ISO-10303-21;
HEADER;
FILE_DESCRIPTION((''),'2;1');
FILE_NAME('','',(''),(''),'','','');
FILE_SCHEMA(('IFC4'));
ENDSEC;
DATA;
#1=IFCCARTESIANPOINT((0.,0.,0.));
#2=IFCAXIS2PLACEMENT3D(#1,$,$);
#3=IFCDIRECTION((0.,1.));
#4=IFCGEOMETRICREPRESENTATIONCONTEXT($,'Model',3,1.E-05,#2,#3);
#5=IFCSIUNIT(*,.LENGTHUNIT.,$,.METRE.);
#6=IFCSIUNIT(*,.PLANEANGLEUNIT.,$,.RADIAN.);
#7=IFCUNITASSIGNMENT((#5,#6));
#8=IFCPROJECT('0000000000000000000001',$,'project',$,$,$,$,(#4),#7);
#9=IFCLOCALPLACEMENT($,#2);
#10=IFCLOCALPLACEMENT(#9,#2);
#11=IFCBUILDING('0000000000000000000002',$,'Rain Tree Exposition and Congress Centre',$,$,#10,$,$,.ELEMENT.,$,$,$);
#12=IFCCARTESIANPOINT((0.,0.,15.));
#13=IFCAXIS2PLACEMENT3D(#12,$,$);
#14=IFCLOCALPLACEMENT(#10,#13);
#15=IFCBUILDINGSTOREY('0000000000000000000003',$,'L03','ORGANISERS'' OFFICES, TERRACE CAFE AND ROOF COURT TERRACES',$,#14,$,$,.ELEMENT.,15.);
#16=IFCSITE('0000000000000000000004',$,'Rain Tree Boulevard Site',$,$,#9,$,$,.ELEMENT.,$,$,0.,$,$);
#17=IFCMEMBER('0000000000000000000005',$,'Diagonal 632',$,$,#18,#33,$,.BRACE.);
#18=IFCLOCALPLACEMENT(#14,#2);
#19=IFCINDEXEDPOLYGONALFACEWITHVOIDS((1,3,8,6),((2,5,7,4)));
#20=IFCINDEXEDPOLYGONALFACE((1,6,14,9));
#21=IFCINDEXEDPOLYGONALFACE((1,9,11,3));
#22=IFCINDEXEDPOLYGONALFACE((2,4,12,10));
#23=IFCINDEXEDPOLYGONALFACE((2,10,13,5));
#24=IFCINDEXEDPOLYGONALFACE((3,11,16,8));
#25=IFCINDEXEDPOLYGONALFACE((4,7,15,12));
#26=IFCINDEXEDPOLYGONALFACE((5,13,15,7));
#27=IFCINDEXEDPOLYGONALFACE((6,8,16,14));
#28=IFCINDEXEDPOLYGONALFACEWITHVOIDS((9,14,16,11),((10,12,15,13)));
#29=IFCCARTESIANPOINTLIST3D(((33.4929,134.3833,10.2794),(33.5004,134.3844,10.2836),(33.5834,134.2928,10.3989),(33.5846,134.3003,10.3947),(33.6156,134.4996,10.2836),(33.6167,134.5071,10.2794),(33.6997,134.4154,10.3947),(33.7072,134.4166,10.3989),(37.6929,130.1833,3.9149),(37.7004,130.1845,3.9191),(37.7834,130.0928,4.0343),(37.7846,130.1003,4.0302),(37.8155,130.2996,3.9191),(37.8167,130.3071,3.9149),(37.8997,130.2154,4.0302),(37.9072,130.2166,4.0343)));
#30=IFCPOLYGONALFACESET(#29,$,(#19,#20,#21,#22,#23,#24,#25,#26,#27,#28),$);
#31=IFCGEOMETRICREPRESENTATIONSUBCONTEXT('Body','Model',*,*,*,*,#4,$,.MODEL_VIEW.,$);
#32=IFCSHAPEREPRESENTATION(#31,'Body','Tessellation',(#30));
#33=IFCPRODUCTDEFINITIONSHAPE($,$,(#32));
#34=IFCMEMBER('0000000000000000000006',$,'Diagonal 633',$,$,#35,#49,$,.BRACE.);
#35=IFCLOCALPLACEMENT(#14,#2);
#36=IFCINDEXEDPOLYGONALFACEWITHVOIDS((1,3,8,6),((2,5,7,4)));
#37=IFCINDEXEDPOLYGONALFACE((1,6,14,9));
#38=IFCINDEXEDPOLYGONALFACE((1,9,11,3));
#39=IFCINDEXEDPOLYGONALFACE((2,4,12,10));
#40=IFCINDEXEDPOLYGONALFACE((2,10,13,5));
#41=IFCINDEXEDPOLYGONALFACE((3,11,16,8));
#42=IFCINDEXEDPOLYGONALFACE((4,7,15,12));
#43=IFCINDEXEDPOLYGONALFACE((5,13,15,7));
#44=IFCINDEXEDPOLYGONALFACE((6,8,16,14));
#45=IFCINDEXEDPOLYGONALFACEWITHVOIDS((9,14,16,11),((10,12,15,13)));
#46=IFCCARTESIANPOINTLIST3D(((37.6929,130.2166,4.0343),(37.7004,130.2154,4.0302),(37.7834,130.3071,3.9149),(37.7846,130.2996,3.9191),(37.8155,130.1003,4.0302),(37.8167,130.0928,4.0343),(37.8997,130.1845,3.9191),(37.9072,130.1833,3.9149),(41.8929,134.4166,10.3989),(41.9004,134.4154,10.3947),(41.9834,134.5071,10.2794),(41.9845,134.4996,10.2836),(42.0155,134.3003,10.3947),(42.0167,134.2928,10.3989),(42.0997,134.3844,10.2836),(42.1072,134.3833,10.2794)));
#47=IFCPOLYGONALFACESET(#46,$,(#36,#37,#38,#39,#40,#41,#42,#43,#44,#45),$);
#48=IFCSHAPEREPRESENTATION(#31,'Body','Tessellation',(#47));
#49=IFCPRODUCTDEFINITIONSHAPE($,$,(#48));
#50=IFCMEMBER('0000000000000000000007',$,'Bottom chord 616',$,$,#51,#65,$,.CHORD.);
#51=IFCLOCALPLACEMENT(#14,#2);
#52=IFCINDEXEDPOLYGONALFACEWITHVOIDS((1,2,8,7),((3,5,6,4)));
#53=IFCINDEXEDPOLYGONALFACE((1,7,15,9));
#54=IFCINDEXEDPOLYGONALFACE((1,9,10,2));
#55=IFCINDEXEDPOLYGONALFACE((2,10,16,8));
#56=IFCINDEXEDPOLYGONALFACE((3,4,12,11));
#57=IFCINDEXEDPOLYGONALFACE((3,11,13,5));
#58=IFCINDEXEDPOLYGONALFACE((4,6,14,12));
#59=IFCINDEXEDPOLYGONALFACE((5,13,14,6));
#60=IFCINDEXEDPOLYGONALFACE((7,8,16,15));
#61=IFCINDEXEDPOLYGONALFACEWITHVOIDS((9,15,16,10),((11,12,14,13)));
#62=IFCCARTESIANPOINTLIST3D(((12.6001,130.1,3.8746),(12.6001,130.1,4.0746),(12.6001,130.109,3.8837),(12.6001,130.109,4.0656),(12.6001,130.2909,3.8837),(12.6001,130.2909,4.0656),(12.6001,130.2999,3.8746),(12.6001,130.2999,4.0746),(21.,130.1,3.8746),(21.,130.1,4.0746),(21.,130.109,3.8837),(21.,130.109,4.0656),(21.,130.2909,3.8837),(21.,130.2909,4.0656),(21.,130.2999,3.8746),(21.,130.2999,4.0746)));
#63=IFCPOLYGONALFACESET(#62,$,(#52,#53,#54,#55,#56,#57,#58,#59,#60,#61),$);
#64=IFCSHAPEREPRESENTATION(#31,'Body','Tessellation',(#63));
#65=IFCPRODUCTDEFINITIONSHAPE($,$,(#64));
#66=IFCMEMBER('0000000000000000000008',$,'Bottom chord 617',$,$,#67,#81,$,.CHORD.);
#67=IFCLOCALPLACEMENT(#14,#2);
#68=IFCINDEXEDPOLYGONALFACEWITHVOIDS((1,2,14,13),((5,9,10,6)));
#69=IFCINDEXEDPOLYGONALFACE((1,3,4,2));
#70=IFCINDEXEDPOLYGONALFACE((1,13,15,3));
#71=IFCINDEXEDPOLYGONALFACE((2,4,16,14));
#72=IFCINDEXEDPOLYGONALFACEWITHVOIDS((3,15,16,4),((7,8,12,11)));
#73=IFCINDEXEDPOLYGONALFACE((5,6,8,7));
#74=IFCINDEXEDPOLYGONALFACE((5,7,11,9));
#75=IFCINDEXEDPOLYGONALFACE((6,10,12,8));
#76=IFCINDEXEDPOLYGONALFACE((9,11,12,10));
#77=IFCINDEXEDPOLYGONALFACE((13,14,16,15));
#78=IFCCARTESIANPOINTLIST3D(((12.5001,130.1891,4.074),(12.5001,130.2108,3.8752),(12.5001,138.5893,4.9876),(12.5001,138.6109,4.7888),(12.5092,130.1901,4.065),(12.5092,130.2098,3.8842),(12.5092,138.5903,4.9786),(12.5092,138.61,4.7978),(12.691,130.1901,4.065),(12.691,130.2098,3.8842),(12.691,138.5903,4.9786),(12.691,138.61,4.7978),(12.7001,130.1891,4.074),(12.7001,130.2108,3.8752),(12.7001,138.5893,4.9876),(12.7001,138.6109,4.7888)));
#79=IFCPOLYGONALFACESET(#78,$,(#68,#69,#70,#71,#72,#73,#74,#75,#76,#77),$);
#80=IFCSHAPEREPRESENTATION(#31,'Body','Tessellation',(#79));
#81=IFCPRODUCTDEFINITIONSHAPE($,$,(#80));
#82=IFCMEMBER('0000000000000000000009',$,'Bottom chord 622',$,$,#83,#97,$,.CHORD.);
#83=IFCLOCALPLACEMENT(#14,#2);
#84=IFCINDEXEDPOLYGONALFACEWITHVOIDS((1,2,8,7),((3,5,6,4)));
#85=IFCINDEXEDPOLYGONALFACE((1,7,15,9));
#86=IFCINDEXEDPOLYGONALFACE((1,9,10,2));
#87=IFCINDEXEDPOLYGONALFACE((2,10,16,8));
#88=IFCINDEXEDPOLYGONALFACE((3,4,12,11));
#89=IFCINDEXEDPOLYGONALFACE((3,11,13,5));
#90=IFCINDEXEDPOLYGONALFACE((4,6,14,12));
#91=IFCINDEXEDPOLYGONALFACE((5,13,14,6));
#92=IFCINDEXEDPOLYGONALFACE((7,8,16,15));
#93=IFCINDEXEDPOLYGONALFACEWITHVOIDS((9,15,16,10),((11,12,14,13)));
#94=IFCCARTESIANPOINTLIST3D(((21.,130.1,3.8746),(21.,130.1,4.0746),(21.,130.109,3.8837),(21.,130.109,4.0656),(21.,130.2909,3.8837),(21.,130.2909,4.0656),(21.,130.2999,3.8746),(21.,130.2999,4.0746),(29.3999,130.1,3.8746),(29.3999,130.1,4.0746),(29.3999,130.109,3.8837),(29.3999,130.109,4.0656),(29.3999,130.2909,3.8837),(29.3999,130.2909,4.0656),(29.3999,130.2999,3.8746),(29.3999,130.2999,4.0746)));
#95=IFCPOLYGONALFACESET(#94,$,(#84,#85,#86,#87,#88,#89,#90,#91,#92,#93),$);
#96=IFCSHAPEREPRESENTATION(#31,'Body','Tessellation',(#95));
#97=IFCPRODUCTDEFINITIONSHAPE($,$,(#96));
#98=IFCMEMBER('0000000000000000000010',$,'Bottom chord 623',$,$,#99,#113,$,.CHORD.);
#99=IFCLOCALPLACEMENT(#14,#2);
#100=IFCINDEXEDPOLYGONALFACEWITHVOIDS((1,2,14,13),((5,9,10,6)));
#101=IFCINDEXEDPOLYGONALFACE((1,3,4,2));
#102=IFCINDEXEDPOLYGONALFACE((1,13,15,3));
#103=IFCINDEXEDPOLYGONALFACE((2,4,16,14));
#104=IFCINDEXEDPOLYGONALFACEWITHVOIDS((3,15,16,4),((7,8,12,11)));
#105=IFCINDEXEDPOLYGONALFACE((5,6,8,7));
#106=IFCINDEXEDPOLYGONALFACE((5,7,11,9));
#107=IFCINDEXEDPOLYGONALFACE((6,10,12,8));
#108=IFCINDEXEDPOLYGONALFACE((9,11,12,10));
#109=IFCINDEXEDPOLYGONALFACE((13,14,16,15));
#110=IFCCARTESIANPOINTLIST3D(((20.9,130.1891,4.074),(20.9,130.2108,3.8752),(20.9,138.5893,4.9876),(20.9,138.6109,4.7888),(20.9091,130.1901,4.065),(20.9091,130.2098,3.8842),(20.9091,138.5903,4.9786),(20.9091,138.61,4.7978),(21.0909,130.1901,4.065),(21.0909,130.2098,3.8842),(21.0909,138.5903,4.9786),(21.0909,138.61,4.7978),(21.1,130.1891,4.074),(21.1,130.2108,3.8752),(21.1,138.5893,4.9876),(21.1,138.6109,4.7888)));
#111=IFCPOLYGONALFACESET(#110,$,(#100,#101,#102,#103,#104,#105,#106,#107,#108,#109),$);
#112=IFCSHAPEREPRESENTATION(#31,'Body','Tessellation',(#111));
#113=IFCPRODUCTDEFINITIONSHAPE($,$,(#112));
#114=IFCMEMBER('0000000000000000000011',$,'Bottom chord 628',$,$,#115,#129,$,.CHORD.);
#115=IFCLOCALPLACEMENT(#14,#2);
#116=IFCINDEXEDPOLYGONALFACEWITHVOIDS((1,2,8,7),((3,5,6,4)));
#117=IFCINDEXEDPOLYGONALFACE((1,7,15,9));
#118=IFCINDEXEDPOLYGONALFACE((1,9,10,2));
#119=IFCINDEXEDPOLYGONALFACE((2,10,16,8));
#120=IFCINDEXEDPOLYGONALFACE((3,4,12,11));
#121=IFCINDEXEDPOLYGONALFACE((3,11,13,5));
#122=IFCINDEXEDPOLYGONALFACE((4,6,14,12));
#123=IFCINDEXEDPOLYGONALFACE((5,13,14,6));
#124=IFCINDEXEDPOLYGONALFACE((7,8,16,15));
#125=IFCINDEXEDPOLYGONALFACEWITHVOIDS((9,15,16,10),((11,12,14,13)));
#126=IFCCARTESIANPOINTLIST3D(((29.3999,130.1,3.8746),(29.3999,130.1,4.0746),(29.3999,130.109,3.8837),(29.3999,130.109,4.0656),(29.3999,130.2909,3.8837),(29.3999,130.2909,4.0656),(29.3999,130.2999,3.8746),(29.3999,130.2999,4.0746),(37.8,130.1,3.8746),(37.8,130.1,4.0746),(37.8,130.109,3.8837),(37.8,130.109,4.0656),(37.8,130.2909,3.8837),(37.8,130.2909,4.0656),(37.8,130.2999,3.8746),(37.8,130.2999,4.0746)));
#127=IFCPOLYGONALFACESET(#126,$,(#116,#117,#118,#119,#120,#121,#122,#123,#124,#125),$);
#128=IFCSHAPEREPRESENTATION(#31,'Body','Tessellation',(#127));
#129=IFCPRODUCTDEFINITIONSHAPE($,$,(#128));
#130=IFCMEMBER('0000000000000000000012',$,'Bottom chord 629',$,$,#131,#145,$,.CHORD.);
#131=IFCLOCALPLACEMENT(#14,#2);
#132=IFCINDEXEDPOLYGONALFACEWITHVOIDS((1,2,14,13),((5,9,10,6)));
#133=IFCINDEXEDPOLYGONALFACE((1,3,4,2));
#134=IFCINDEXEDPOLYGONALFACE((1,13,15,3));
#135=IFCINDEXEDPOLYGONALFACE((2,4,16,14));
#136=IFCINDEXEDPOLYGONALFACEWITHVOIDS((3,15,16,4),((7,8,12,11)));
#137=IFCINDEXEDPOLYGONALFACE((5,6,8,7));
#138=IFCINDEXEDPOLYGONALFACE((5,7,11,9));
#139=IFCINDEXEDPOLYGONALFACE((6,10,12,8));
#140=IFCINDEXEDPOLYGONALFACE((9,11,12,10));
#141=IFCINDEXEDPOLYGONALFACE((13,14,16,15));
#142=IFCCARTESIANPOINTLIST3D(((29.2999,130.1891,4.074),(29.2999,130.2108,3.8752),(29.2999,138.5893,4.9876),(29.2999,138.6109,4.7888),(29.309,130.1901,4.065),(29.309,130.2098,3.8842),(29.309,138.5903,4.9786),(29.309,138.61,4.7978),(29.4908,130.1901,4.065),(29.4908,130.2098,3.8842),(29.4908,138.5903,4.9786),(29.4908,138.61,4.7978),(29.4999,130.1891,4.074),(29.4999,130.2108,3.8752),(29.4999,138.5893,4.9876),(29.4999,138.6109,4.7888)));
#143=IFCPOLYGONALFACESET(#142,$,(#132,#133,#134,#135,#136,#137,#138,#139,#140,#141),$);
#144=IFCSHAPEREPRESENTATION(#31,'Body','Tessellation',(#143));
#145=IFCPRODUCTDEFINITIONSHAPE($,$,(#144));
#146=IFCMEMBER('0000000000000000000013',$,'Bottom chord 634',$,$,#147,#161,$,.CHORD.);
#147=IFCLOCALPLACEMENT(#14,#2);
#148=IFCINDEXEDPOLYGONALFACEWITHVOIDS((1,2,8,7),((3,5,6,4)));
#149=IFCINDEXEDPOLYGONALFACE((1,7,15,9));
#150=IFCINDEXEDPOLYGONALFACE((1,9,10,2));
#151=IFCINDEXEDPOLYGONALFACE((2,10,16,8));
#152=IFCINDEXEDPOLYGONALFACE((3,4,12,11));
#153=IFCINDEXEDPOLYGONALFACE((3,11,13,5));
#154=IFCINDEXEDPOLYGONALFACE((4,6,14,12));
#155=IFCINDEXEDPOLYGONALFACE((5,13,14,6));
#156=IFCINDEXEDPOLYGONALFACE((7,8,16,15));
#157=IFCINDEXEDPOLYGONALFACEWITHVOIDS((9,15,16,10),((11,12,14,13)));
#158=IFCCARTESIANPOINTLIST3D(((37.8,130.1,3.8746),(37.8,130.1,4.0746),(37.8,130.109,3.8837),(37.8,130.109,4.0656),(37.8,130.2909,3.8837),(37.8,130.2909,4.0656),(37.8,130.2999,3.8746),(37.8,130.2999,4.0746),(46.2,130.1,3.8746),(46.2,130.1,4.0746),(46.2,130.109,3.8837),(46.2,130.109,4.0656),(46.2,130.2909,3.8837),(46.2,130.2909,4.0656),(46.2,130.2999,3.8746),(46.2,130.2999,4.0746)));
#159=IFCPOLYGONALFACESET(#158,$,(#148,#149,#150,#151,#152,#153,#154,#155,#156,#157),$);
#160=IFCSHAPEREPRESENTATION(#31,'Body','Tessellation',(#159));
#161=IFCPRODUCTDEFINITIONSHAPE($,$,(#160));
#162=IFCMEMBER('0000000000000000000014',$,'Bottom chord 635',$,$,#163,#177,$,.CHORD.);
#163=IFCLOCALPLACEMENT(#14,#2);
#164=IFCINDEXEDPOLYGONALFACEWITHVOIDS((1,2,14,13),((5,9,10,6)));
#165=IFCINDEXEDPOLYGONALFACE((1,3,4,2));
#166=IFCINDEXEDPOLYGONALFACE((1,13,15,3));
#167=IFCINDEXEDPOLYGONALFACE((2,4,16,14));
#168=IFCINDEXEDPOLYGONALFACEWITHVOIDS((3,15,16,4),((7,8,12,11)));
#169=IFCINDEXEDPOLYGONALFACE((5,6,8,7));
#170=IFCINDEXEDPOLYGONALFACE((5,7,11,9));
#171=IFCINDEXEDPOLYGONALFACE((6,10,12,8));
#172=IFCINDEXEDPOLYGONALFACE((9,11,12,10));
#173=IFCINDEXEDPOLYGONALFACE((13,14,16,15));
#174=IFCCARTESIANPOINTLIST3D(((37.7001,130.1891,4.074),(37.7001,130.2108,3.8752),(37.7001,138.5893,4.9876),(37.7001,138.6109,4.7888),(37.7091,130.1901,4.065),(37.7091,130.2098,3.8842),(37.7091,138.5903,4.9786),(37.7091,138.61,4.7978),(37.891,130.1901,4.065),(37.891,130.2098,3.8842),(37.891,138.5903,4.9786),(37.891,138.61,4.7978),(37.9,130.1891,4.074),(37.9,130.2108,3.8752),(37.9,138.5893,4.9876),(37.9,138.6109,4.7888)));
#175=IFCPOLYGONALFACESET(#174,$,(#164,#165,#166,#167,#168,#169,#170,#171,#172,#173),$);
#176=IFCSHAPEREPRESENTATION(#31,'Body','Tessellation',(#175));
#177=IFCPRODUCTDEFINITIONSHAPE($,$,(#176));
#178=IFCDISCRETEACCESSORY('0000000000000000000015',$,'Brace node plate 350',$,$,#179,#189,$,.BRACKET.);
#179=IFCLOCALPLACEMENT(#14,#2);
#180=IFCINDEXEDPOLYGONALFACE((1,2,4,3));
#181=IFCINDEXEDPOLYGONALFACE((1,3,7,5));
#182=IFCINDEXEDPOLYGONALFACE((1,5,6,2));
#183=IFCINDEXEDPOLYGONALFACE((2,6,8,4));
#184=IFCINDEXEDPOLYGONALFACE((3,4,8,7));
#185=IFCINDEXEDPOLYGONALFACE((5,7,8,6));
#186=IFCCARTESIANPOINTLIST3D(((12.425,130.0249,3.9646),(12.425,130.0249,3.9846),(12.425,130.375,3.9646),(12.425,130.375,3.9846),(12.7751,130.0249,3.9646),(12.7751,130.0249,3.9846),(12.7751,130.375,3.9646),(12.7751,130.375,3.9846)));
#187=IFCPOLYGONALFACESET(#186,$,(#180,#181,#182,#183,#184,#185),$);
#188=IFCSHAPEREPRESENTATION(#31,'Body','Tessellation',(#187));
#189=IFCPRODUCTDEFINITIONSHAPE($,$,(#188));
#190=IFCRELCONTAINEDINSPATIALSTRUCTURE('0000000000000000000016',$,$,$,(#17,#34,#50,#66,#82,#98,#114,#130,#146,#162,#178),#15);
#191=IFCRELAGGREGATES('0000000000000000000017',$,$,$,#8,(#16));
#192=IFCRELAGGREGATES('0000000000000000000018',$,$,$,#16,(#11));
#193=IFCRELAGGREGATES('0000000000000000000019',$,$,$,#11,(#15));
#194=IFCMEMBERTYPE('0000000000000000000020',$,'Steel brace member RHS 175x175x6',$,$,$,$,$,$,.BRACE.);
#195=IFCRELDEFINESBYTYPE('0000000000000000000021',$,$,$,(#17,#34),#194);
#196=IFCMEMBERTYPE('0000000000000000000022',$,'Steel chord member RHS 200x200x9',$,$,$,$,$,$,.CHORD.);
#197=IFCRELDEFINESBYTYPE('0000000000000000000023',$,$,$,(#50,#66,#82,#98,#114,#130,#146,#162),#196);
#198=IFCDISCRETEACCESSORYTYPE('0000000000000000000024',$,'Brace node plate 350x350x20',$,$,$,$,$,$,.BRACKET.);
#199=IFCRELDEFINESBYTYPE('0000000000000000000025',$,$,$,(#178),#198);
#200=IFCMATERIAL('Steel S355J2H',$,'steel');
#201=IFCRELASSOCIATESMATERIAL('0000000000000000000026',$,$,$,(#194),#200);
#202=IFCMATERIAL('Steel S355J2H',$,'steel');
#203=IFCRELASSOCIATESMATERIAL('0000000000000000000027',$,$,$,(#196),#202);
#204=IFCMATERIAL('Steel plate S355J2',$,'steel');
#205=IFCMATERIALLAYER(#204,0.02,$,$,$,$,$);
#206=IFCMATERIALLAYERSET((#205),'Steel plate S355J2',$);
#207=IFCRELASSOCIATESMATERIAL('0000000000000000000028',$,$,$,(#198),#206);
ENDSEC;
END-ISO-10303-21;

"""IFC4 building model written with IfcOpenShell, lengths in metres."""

from ifc_helpers import new_model, si_unit, direction, frame, origin, origin_2d, place, context, subcontext, project, spatial, rectangle, hollow_rectangle, extrude, material, layer, layer_set, material_profile, profile_set, type_object, element, save


model = new_model("IFC4")

# Units and contexts
model_context = context("Model", 3, precision=1e-05, world=origin(), true_north=direction((0.0, 1.0)))
body_context = subcontext(model_context, "Body", "Model", "MODEL_VIEW")
ifc_project = project(units=[si_unit("LENGTHUNIT", "METRE"), si_unit("PLANEANGLEUNIT", "RADIAN")], contexts=[model_context])

# Site, building, storey
site_placement = place(None, origin())
site = spatial("IfcSite", under=ifc_project, at=site_placement, Name="Rain Tree Boulevard Site", CompositionType="ELEMENT", RefElevation=0.0)
building_placement = place(site_placement, origin())
building = spatial("IfcBuilding", under=site, at=building_placement, Name="Rain Tree Exposition and Congress Centre", CompositionType="ELEMENT")
storey_placement = place(building_placement, frame((0.0, 0.0, 15.0)))
storey = spatial("IfcBuildingStorey", under=building, at=storey_placement, Name="L03", Description="ORGANISERS' OFFICES, TERRACE CAFE AND ROOF COURT TERRACES", CompositionType="ELEMENT", Elevation=15.0)

# Members
ifc_material_1 = material(Name="Steel S355J2H", Category="steel")
ifc_material_profile_1 = material_profile(ifc_material_1, hollow_rectangle(XDim=0.175, YDim=0.175, WallThickness=0.0061, at=origin_2d()), Name="RHS 175x175x6")
ifc_profile_set_1 = profile_set([ifc_material_profile_1], Name="Steel S355J2H")
member_type_1 = type_object("IfcMemberType", Name="Steel brace member RHS 175x175x6", PredefinedType="BRACE", material=ifc_profile_set_1)
for number, where, z_axis, x_axis, name in (
    (1, (37.8, 130.2, 3.9746), (-0.482447, 0.482447, 0.731088), (-0.707107, -0.707107, 0.0), "Diagonal 632"),
    (2, (37.8, 130.2, 3.9746), (0.482447, 0.482447, 0.731088), (-0.707107, 0.707107, 0.0), "Diagonal 633"),
):
    element("IfcMember", number, at=place(storey_placement, frame(where, z_axis=z_axis, x_axis=x_axis)), inside=storey, type_object=member_type_1, Name=name, PredefinedType="BRACE", context=body_context, shape_type="SweptSolid", body=[
        extrude(hollow_rectangle(XDim=0.175, YDim=0.175, WallThickness=0.0061, at=origin_2d()), origin(), (0.0, 0.0, 1.0), 8.7056),
    ])
ifc_material_2 = material(Name="Steel S355J2H", Category="steel")
ifc_material_profile_2 = material_profile(ifc_material_2, hollow_rectangle(XDim=0.2, YDim=0.2, WallThickness=0.009, at=origin_2d()), Name="RHS 200x200x9")
ifc_profile_set_2 = profile_set([ifc_material_profile_2], Name="Steel S355J2H")
member_type_2 = type_object("IfcMemberType", Name="Steel chord member RHS 200x200x9", PredefinedType="CHORD", material=ifc_profile_set_2)
member_1_placement = place(storey_placement, frame((12.6001, 130.2, 3.9746), z_axis=(1.0, 0.0, 0.0), x_axis=(0.0, 1.0, 0.0)))
element("IfcMember", 3, at=member_1_placement, inside=storey, type_object=member_type_2, Name="Bottom chord 616", PredefinedType="CHORD", context=body_context, shape_type="SweptSolid", body=[
    extrude(hollow_rectangle(XDim=0.2, YDim=0.2, WallThickness=0.009, at=origin_2d()), origin(), (0.0, 0.0, 1.0), 8.3999),
])
member_2_placement = place(storey_placement, frame((12.6001, 130.2, 3.9746), z_axis=(0.0, 0.994138, 0.108119), x_axis=(-1.0, 0.0, 0.0)))
element("IfcMember", 4, at=member_2_placement, inside=storey, type_object=member_type_2, Name="Bottom chord 617", PredefinedType="CHORD", context=body_context, shape_type="SweptSolid", body=[
    extrude(hollow_rectangle(XDim=0.2, YDim=0.2, WallThickness=0.009, at=origin_2d()), origin(), (0.0, 0.0, 1.0), 8.4497),
])
member_3_placement = place(storey_placement, frame((21.0, 130.2, 3.9746), z_axis=(1.0, 0.0, 0.0), x_axis=(0.0, 1.0, 0.0)))
element("IfcMember", 5, at=member_3_placement, inside=storey, type_object=member_type_2, Name="Bottom chord 622", PredefinedType="CHORD", context=body_context, shape_type="SweptSolid", body=[
    extrude(hollow_rectangle(XDim=0.2, YDim=0.2, WallThickness=0.009, at=origin_2d()), origin(), (0.0, 0.0, 1.0), 8.3999),
])
member_4_placement = place(storey_placement, frame((21.0, 130.2, 3.9746), z_axis=(0.0, 0.994138, 0.108119), x_axis=(-1.0, 0.0, 0.0)))
element("IfcMember", 6, at=member_4_placement, inside=storey, type_object=member_type_2, Name="Bottom chord 623", PredefinedType="CHORD", context=body_context, shape_type="SweptSolid", body=[
    extrude(hollow_rectangle(XDim=0.2, YDim=0.2, WallThickness=0.009, at=origin_2d()), origin(), (0.0, 0.0, 1.0), 8.4497),
])
member_5_placement = place(storey_placement, frame((29.3999, 130.2, 3.9746), z_axis=(1.0, 0.0, 0.0), x_axis=(0.0, 1.0, 0.0)))
element("IfcMember", 7, at=member_5_placement, inside=storey, type_object=member_type_2, Name="Bottom chord 628", PredefinedType="CHORD", context=body_context, shape_type="SweptSolid", body=[
    extrude(hollow_rectangle(XDim=0.2, YDim=0.2, WallThickness=0.009, at=origin_2d()), origin(), (0.0, 0.0, 1.0), 8.4001),
])
member_6_placement = place(storey_placement, frame((29.3999, 130.2, 3.9746), z_axis=(0.0, 0.994138, 0.108119), x_axis=(-1.0, 0.0, 0.0)))
element("IfcMember", 8, at=member_6_placement, inside=storey, type_object=member_type_2, Name="Bottom chord 629", PredefinedType="CHORD", context=body_context, shape_type="SweptSolid", body=[
    extrude(hollow_rectangle(XDim=0.2, YDim=0.2, WallThickness=0.009, at=origin_2d()), origin(), (0.0, 0.0, 1.0), 8.4497),
])
member_7_placement = place(storey_placement, frame((37.8, 130.2, 3.9746), z_axis=(1.0, 0.0, 0.0), x_axis=(0.0, 1.0, 0.0)))
element("IfcMember", 9, at=member_7_placement, inside=storey, type_object=member_type_2, Name="Bottom chord 634", PredefinedType="CHORD", context=body_context, shape_type="SweptSolid", body=[
    extrude(hollow_rectangle(XDim=0.2, YDim=0.2, WallThickness=0.009, at=origin_2d()), origin(), (0.0, 0.0, 1.0), 8.3999),
])
member_8_placement = place(storey_placement, frame((37.8, 130.2, 3.9746), z_axis=(0.0, 0.994138, 0.108119), x_axis=(-1.0, 0.0, 0.0)))
element("IfcMember", 10, at=member_8_placement, inside=storey, type_object=member_type_2, Name="Bottom chord 635", PredefinedType="CHORD", context=body_context, shape_type="SweptSolid", body=[
    extrude(hollow_rectangle(XDim=0.2, YDim=0.2, WallThickness=0.009, at=origin_2d()), origin(), (0.0, 0.0, 1.0), 8.4497),
])

# Discrete accessory
ifc_material_3 = material(Name="Steel plate S355J2", Category="steel")
ifc_layer = layer(ifc_material_3, 0.02)
ifc_layer_set = layer_set([ifc_layer], Name="Steel plate S355J2")
discrete_accessory_type = type_object("IfcDiscreteAccessoryType", Name="Brace node plate 350x350x20", PredefinedType="BRACKET", material=ifc_layer_set)
for number, where, z_axis, x_axis, name in (
    (11, (12.6001, 130.2, 3.9646), (0.0, 0.0, 1.0), (1.0, 0.0, 0.0), "Brace node plate 350"),
):
    element("IfcDiscreteAccessory", number, at=place(storey_placement, frame(where, z_axis=z_axis, x_axis=x_axis)), inside=storey, type_object=discrete_accessory_type, Name=name, PredefinedType="BRACKET", context=body_context, shape_type="SweptSolid", body=[
        extrude(rectangle(XDim=0.3501, YDim=0.3501, at=origin_2d()), origin(), (0.0, 0.0, 1.0), 0.02),
    ])

save(model, "model.ifc")
